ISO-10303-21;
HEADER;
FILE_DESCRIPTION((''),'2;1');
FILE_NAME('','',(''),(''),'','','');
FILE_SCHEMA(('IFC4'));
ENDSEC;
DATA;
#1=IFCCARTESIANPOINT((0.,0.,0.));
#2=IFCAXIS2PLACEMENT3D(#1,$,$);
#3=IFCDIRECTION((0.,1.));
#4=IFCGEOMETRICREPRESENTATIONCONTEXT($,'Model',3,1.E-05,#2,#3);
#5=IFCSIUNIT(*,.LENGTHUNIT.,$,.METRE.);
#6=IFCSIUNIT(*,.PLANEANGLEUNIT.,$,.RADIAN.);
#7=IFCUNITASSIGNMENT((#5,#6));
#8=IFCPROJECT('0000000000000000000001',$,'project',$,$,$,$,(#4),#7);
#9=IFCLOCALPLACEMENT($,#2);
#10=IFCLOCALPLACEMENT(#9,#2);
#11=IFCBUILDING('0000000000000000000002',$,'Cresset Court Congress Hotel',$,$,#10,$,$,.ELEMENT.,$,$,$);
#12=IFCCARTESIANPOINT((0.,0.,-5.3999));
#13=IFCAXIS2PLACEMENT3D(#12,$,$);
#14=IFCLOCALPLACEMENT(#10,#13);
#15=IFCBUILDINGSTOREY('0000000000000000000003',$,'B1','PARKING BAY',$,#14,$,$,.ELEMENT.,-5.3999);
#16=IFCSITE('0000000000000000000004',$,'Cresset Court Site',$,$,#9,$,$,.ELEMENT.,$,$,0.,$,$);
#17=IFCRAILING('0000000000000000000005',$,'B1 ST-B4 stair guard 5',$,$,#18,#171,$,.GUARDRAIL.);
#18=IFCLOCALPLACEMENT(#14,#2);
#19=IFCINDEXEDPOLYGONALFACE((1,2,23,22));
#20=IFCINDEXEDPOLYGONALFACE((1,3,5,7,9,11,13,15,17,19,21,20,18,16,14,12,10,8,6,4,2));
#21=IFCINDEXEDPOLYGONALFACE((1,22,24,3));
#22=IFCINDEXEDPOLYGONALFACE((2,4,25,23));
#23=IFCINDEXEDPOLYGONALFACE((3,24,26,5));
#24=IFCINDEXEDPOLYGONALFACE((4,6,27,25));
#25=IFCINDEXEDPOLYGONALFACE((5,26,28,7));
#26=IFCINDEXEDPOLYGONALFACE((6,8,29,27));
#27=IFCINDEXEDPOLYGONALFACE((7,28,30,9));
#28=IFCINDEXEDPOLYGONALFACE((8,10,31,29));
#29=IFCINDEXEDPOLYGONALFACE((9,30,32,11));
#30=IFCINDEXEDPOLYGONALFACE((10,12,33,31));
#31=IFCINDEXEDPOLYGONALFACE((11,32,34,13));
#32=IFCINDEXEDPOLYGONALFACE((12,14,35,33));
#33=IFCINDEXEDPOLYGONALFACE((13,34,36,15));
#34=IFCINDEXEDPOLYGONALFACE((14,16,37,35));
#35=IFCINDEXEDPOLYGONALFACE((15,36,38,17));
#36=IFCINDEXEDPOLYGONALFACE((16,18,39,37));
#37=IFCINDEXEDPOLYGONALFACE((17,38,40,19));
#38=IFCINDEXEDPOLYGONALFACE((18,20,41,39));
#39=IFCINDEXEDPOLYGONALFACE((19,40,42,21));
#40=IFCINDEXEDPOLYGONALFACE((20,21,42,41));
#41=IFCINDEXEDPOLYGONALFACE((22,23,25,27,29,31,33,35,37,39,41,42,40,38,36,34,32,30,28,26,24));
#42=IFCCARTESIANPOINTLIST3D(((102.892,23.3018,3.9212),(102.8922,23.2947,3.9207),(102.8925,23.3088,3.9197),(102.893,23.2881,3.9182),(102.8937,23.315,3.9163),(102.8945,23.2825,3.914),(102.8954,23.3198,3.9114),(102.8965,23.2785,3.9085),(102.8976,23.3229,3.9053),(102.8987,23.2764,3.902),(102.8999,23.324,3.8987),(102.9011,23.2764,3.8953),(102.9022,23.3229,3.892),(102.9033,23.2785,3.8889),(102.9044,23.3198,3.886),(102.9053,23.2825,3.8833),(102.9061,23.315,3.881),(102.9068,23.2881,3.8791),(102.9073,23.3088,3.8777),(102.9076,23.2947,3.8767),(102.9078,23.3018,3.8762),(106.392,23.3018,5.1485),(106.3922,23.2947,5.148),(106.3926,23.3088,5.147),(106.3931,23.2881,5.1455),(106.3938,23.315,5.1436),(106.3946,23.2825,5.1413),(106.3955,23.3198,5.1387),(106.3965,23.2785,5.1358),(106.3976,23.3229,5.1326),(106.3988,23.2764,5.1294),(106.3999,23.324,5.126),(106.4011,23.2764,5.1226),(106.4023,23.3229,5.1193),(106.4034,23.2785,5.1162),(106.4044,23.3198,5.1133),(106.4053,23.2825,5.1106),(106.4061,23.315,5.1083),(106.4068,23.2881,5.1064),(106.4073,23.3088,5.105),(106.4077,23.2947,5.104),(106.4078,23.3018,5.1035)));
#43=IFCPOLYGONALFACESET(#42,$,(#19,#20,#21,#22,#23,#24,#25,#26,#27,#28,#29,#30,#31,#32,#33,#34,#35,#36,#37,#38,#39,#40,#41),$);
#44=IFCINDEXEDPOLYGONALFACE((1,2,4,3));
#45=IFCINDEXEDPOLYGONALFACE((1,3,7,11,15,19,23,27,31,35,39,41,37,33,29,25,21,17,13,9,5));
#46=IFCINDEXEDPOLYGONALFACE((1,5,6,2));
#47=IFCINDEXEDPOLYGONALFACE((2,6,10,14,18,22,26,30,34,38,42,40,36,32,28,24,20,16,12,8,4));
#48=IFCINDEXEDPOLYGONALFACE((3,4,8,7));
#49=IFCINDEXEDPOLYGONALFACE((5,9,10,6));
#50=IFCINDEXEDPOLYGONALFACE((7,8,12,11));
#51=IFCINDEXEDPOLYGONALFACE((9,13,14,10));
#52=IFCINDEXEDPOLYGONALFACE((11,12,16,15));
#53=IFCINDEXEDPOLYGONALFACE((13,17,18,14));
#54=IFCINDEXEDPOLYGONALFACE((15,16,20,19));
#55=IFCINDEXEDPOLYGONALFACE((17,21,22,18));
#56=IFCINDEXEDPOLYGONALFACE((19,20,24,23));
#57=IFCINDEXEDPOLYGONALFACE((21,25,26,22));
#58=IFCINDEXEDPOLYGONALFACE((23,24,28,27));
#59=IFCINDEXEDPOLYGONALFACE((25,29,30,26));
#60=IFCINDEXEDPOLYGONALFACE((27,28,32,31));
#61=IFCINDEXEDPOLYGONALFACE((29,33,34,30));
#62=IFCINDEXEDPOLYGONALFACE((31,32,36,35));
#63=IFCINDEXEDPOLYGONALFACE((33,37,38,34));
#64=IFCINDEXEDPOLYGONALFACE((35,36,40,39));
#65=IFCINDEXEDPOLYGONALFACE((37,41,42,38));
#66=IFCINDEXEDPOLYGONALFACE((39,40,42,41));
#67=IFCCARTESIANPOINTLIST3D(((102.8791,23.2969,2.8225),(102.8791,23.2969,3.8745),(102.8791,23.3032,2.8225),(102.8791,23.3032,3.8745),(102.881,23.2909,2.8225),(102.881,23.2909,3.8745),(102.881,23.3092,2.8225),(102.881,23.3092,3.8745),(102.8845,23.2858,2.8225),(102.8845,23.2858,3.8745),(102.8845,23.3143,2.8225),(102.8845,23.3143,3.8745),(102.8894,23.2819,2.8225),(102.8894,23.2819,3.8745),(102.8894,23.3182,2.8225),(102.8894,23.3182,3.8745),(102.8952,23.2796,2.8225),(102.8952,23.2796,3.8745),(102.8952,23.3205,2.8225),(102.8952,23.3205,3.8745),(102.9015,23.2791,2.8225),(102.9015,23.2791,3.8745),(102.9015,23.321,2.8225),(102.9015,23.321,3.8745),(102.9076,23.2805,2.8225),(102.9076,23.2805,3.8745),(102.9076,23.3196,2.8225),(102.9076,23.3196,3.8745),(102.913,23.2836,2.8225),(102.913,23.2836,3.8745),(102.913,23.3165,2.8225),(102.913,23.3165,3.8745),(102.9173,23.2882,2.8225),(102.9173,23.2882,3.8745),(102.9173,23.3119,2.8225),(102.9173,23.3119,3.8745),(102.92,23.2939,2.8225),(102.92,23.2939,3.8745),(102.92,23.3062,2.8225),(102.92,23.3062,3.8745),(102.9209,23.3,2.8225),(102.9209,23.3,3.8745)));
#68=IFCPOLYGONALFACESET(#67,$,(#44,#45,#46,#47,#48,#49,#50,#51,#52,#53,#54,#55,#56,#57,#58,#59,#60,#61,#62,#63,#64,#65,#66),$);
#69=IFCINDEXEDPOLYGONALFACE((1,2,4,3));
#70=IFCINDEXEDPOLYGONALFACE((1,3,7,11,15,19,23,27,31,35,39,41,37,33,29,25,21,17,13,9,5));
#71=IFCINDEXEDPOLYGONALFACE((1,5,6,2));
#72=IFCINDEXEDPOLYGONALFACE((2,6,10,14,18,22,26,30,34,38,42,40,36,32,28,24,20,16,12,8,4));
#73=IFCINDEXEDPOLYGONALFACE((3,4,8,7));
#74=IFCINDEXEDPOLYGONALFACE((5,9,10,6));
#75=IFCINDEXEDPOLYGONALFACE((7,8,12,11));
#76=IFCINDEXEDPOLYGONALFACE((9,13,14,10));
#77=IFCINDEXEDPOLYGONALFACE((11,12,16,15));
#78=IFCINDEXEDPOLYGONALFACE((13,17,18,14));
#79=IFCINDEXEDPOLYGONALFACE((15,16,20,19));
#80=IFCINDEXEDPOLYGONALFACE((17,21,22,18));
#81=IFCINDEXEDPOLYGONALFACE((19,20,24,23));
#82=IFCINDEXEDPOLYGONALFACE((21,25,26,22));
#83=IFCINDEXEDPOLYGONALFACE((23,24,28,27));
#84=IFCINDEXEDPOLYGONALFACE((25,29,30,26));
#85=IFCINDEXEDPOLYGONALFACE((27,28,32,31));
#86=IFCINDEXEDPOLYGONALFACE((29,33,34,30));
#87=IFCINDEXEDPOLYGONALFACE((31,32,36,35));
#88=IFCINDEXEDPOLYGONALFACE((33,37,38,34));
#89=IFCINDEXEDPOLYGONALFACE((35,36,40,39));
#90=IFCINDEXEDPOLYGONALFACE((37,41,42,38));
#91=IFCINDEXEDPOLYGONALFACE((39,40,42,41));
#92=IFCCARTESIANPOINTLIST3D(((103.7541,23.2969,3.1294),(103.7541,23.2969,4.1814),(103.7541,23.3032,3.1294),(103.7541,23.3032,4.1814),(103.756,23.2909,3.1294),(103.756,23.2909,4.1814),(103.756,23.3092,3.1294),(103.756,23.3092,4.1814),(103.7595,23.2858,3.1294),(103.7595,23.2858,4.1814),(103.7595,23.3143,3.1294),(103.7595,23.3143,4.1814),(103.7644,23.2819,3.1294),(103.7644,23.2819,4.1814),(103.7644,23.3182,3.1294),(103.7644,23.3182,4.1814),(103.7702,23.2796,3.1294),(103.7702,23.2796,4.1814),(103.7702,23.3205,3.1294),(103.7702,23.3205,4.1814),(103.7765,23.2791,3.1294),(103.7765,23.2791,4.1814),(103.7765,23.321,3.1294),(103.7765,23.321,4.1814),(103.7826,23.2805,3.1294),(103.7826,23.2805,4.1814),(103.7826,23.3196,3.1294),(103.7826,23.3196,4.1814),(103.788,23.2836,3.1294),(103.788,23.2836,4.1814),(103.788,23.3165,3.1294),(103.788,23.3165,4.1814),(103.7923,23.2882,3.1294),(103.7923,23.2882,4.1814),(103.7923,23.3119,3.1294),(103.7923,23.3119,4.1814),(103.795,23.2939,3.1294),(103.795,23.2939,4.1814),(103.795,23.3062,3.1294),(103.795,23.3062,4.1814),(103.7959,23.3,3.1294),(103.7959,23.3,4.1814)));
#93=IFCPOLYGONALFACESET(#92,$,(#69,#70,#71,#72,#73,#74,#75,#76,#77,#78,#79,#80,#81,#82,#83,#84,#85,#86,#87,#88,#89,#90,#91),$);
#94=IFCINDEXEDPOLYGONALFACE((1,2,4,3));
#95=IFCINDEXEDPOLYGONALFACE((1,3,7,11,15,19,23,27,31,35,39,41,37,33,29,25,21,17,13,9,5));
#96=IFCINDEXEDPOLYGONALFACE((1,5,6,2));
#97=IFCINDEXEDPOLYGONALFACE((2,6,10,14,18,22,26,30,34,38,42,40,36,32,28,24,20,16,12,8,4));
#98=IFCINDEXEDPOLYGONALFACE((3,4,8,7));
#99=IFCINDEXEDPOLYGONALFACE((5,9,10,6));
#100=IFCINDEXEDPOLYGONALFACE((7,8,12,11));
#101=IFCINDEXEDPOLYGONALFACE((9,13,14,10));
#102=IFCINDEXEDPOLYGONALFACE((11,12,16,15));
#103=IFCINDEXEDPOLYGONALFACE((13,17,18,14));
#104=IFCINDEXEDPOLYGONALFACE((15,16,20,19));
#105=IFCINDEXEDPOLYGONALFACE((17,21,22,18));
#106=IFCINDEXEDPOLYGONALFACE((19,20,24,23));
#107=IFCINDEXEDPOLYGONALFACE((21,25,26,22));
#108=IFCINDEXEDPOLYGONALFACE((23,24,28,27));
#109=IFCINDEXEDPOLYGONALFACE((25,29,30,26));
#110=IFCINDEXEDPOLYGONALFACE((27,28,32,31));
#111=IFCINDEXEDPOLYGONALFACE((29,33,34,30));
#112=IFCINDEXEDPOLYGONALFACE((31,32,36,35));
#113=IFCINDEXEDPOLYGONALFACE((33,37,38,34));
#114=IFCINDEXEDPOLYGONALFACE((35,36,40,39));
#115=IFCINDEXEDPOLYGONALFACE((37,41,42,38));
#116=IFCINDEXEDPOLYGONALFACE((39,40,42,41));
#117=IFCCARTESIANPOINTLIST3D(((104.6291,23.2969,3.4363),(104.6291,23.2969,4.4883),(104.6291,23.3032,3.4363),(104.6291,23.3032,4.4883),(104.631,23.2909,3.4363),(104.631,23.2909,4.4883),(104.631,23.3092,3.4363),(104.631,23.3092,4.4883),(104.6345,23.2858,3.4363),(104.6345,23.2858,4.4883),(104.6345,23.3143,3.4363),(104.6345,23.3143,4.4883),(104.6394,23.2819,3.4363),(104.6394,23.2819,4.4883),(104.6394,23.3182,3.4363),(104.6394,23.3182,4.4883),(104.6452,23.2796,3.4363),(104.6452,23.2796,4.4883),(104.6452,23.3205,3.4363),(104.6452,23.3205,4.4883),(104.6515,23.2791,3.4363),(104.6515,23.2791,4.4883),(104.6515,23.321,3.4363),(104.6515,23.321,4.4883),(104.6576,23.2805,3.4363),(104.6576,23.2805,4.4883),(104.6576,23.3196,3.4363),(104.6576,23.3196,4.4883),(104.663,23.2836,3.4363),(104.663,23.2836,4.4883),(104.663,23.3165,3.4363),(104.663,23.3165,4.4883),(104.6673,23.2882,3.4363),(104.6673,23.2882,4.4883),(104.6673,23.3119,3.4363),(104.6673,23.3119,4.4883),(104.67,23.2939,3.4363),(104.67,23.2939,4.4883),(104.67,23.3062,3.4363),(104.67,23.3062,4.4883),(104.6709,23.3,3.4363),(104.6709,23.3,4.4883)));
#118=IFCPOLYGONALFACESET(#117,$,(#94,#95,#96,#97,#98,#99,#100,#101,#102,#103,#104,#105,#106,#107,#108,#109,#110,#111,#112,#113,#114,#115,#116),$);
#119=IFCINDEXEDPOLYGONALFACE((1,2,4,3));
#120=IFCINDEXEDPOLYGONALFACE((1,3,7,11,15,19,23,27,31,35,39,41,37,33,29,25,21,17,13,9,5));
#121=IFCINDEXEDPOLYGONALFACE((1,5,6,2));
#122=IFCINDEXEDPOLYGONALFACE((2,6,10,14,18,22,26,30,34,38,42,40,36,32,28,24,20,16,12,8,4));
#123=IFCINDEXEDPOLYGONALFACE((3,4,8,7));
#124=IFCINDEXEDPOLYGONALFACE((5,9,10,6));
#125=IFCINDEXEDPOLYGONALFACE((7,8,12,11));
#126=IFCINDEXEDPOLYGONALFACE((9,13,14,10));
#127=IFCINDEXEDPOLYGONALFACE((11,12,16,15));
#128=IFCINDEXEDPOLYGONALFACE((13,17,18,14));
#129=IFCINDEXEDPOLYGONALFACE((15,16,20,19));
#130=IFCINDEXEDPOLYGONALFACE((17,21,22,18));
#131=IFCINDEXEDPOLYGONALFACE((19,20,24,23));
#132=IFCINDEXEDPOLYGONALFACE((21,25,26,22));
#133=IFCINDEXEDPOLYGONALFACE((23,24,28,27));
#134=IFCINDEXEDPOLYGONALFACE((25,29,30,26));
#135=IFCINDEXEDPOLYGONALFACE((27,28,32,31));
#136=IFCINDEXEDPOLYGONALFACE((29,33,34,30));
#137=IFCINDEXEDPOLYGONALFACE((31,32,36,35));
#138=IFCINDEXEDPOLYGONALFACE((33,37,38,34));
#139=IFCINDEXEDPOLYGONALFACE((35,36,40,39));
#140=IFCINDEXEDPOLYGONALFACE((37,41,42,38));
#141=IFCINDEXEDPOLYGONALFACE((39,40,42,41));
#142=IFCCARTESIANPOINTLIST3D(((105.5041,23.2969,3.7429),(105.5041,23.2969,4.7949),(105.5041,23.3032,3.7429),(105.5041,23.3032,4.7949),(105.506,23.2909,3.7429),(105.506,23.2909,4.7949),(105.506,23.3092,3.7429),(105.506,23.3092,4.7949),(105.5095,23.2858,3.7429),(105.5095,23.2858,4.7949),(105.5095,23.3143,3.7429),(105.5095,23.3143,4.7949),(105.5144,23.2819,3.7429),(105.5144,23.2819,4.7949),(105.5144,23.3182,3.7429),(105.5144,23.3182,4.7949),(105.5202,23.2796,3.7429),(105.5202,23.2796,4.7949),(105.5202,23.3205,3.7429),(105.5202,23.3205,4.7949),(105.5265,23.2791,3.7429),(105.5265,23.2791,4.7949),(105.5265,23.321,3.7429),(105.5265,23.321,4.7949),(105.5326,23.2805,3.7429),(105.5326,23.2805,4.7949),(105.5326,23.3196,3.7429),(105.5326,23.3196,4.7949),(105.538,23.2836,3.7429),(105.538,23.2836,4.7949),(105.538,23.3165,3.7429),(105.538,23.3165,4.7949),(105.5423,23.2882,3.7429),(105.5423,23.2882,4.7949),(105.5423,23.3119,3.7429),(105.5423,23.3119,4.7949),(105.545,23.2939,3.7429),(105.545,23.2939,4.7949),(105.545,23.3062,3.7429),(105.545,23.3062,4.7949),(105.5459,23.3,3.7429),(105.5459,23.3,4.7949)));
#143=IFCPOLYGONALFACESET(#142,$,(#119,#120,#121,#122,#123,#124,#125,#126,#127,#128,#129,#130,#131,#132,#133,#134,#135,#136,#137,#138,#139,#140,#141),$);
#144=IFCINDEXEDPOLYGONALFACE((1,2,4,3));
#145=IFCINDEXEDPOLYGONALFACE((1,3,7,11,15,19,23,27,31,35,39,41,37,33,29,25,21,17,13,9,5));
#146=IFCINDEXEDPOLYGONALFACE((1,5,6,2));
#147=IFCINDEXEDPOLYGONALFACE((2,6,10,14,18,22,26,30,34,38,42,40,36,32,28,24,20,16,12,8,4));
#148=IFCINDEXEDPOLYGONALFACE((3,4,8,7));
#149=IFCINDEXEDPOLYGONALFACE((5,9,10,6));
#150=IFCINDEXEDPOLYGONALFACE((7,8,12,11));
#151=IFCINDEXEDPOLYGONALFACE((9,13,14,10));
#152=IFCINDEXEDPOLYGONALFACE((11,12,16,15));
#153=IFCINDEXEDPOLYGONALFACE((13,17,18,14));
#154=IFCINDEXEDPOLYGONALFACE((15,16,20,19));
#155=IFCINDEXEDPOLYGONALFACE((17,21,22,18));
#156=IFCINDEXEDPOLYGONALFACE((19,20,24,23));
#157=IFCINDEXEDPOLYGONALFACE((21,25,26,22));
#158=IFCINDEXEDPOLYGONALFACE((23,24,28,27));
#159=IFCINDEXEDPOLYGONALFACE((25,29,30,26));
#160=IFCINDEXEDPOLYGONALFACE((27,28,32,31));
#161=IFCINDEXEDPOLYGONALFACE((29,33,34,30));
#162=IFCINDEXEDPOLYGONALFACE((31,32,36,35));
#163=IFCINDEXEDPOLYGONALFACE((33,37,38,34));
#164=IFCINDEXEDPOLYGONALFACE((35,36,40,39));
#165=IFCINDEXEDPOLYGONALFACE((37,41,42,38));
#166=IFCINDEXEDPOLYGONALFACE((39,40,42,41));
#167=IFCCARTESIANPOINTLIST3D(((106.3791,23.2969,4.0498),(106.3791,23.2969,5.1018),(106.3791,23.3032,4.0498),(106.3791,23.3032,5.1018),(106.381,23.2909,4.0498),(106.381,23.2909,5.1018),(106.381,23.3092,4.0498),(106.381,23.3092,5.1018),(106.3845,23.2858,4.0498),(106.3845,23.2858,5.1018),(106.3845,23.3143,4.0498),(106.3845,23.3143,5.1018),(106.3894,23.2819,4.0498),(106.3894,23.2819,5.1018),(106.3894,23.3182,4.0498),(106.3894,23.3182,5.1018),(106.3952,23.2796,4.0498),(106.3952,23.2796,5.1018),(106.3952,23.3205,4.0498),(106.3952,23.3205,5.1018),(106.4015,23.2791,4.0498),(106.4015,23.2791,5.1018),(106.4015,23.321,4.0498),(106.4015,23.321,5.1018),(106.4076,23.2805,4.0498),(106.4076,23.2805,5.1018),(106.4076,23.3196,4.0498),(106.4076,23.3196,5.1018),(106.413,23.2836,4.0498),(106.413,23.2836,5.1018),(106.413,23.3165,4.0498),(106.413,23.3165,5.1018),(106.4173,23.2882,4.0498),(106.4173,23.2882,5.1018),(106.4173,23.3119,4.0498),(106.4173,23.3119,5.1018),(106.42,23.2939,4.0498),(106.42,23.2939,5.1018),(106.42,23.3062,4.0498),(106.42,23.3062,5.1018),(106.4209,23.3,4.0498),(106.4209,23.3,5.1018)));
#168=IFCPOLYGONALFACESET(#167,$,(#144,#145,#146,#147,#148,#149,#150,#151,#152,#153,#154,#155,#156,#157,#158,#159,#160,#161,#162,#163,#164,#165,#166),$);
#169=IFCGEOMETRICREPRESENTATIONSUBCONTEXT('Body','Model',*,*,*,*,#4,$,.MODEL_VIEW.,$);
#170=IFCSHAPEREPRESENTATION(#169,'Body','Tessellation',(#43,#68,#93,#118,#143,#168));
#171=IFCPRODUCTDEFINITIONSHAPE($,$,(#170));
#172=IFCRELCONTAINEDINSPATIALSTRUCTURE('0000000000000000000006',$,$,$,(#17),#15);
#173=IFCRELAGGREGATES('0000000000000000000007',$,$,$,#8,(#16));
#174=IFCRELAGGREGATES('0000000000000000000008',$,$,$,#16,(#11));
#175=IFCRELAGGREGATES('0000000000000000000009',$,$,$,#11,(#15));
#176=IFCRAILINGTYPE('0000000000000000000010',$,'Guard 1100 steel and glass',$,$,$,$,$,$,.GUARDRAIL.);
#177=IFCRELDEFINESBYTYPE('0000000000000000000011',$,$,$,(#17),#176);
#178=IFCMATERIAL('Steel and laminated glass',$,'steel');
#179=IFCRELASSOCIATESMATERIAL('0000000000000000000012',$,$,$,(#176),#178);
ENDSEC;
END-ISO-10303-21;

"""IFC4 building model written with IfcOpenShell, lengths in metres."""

from ifc_helpers import new_model, si_unit, direction, frame, origin, origin_2d, place, context, subcontext, project, spatial, circle, extrude, material, type_object, element, save


model = new_model("IFC4")

# Units and contexts
model_context = context("Model", 3, precision=1e-05, world=origin(), true_north=direction((0.0, 1.0)))
body_context = subcontext(model_context, "Body", "Model", "MODEL_VIEW")
ifc_project = project(units=[si_unit("LENGTHUNIT", "METRE"), si_unit("PLANEANGLEUNIT", "RADIAN")], contexts=[model_context])

# Site, building, storey
site_placement = place(None, origin())
site = spatial("IfcSite", under=ifc_project, at=site_placement, Name="Cresset Court Site", CompositionType="ELEMENT", RefElevation=0.0)
building_placement = place(site_placement, origin())
building = spatial("IfcBuilding", under=site, at=building_placement, Name="Cresset Court Congress Hotel", CompositionType="ELEMENT")
storey_placement = place(building_placement, frame((0.0, 0.0, -5.3999)))
storey = spatial("IfcBuildingStorey", under=building, at=storey_placement, Name="B1", Description="PARKING BAY", CompositionType="ELEMENT", Elevation=-5.3999)

# Railing
ifc_material_1 = material(Name="Steel and laminated glass", Category="steel")
railing_type_1 = type_object("IfcRailingType", Name="Guard 1100 steel and glass", PredefinedType="GUARDRAIL", material=ifc_material_1)
railing_1_placement = place(storey_placement, frame((102.8999, 23.3, 2.8225)))
element("IfcRailing", 1, at=railing_1_placement, inside=storey, type_object=railing_type_1, Name="B1 ST-B4 stair guard 5", PredefinedType="GUARDRAIL", context=body_context, shape_type="SweptSolid", body=[
    extrude(circle(Radius=0.0239, at=origin_2d()), frame((0.0, 0.0, 1.0762), z_axis=(0.943665, 0.0, 0.330902), x_axis=(0.0, 1.0, 0.0)), (0.0, 0.0, 1.0), 3.709),
    extrude(circle(Radius=0.021, at=origin_2d()), origin(), (0.0, 0.0, 1.0), 1.052),
    extrude(circle(Radius=0.021, at=origin_2d()), frame((0.875, 0.0, 0.3069)), (0.0, 0.0, 1.0), 1.052),
    extrude(circle(Radius=0.021, at=origin_2d()), frame((1.75, 0.0, 0.6138)), (0.0, 0.0, 1.0), 1.052),
    extrude(circle(Radius=0.021, at=origin_2d()), frame((2.625, 0.0, 0.9204)), (0.0, 0.0, 1.0), 1.052),
    extrude(circle(Radius=0.021, at=origin_2d()), frame((3.5, 0.0, 1.2273)), (0.0, 0.0, 1.0), 1.052),
])

save(model, "model.ifc")
